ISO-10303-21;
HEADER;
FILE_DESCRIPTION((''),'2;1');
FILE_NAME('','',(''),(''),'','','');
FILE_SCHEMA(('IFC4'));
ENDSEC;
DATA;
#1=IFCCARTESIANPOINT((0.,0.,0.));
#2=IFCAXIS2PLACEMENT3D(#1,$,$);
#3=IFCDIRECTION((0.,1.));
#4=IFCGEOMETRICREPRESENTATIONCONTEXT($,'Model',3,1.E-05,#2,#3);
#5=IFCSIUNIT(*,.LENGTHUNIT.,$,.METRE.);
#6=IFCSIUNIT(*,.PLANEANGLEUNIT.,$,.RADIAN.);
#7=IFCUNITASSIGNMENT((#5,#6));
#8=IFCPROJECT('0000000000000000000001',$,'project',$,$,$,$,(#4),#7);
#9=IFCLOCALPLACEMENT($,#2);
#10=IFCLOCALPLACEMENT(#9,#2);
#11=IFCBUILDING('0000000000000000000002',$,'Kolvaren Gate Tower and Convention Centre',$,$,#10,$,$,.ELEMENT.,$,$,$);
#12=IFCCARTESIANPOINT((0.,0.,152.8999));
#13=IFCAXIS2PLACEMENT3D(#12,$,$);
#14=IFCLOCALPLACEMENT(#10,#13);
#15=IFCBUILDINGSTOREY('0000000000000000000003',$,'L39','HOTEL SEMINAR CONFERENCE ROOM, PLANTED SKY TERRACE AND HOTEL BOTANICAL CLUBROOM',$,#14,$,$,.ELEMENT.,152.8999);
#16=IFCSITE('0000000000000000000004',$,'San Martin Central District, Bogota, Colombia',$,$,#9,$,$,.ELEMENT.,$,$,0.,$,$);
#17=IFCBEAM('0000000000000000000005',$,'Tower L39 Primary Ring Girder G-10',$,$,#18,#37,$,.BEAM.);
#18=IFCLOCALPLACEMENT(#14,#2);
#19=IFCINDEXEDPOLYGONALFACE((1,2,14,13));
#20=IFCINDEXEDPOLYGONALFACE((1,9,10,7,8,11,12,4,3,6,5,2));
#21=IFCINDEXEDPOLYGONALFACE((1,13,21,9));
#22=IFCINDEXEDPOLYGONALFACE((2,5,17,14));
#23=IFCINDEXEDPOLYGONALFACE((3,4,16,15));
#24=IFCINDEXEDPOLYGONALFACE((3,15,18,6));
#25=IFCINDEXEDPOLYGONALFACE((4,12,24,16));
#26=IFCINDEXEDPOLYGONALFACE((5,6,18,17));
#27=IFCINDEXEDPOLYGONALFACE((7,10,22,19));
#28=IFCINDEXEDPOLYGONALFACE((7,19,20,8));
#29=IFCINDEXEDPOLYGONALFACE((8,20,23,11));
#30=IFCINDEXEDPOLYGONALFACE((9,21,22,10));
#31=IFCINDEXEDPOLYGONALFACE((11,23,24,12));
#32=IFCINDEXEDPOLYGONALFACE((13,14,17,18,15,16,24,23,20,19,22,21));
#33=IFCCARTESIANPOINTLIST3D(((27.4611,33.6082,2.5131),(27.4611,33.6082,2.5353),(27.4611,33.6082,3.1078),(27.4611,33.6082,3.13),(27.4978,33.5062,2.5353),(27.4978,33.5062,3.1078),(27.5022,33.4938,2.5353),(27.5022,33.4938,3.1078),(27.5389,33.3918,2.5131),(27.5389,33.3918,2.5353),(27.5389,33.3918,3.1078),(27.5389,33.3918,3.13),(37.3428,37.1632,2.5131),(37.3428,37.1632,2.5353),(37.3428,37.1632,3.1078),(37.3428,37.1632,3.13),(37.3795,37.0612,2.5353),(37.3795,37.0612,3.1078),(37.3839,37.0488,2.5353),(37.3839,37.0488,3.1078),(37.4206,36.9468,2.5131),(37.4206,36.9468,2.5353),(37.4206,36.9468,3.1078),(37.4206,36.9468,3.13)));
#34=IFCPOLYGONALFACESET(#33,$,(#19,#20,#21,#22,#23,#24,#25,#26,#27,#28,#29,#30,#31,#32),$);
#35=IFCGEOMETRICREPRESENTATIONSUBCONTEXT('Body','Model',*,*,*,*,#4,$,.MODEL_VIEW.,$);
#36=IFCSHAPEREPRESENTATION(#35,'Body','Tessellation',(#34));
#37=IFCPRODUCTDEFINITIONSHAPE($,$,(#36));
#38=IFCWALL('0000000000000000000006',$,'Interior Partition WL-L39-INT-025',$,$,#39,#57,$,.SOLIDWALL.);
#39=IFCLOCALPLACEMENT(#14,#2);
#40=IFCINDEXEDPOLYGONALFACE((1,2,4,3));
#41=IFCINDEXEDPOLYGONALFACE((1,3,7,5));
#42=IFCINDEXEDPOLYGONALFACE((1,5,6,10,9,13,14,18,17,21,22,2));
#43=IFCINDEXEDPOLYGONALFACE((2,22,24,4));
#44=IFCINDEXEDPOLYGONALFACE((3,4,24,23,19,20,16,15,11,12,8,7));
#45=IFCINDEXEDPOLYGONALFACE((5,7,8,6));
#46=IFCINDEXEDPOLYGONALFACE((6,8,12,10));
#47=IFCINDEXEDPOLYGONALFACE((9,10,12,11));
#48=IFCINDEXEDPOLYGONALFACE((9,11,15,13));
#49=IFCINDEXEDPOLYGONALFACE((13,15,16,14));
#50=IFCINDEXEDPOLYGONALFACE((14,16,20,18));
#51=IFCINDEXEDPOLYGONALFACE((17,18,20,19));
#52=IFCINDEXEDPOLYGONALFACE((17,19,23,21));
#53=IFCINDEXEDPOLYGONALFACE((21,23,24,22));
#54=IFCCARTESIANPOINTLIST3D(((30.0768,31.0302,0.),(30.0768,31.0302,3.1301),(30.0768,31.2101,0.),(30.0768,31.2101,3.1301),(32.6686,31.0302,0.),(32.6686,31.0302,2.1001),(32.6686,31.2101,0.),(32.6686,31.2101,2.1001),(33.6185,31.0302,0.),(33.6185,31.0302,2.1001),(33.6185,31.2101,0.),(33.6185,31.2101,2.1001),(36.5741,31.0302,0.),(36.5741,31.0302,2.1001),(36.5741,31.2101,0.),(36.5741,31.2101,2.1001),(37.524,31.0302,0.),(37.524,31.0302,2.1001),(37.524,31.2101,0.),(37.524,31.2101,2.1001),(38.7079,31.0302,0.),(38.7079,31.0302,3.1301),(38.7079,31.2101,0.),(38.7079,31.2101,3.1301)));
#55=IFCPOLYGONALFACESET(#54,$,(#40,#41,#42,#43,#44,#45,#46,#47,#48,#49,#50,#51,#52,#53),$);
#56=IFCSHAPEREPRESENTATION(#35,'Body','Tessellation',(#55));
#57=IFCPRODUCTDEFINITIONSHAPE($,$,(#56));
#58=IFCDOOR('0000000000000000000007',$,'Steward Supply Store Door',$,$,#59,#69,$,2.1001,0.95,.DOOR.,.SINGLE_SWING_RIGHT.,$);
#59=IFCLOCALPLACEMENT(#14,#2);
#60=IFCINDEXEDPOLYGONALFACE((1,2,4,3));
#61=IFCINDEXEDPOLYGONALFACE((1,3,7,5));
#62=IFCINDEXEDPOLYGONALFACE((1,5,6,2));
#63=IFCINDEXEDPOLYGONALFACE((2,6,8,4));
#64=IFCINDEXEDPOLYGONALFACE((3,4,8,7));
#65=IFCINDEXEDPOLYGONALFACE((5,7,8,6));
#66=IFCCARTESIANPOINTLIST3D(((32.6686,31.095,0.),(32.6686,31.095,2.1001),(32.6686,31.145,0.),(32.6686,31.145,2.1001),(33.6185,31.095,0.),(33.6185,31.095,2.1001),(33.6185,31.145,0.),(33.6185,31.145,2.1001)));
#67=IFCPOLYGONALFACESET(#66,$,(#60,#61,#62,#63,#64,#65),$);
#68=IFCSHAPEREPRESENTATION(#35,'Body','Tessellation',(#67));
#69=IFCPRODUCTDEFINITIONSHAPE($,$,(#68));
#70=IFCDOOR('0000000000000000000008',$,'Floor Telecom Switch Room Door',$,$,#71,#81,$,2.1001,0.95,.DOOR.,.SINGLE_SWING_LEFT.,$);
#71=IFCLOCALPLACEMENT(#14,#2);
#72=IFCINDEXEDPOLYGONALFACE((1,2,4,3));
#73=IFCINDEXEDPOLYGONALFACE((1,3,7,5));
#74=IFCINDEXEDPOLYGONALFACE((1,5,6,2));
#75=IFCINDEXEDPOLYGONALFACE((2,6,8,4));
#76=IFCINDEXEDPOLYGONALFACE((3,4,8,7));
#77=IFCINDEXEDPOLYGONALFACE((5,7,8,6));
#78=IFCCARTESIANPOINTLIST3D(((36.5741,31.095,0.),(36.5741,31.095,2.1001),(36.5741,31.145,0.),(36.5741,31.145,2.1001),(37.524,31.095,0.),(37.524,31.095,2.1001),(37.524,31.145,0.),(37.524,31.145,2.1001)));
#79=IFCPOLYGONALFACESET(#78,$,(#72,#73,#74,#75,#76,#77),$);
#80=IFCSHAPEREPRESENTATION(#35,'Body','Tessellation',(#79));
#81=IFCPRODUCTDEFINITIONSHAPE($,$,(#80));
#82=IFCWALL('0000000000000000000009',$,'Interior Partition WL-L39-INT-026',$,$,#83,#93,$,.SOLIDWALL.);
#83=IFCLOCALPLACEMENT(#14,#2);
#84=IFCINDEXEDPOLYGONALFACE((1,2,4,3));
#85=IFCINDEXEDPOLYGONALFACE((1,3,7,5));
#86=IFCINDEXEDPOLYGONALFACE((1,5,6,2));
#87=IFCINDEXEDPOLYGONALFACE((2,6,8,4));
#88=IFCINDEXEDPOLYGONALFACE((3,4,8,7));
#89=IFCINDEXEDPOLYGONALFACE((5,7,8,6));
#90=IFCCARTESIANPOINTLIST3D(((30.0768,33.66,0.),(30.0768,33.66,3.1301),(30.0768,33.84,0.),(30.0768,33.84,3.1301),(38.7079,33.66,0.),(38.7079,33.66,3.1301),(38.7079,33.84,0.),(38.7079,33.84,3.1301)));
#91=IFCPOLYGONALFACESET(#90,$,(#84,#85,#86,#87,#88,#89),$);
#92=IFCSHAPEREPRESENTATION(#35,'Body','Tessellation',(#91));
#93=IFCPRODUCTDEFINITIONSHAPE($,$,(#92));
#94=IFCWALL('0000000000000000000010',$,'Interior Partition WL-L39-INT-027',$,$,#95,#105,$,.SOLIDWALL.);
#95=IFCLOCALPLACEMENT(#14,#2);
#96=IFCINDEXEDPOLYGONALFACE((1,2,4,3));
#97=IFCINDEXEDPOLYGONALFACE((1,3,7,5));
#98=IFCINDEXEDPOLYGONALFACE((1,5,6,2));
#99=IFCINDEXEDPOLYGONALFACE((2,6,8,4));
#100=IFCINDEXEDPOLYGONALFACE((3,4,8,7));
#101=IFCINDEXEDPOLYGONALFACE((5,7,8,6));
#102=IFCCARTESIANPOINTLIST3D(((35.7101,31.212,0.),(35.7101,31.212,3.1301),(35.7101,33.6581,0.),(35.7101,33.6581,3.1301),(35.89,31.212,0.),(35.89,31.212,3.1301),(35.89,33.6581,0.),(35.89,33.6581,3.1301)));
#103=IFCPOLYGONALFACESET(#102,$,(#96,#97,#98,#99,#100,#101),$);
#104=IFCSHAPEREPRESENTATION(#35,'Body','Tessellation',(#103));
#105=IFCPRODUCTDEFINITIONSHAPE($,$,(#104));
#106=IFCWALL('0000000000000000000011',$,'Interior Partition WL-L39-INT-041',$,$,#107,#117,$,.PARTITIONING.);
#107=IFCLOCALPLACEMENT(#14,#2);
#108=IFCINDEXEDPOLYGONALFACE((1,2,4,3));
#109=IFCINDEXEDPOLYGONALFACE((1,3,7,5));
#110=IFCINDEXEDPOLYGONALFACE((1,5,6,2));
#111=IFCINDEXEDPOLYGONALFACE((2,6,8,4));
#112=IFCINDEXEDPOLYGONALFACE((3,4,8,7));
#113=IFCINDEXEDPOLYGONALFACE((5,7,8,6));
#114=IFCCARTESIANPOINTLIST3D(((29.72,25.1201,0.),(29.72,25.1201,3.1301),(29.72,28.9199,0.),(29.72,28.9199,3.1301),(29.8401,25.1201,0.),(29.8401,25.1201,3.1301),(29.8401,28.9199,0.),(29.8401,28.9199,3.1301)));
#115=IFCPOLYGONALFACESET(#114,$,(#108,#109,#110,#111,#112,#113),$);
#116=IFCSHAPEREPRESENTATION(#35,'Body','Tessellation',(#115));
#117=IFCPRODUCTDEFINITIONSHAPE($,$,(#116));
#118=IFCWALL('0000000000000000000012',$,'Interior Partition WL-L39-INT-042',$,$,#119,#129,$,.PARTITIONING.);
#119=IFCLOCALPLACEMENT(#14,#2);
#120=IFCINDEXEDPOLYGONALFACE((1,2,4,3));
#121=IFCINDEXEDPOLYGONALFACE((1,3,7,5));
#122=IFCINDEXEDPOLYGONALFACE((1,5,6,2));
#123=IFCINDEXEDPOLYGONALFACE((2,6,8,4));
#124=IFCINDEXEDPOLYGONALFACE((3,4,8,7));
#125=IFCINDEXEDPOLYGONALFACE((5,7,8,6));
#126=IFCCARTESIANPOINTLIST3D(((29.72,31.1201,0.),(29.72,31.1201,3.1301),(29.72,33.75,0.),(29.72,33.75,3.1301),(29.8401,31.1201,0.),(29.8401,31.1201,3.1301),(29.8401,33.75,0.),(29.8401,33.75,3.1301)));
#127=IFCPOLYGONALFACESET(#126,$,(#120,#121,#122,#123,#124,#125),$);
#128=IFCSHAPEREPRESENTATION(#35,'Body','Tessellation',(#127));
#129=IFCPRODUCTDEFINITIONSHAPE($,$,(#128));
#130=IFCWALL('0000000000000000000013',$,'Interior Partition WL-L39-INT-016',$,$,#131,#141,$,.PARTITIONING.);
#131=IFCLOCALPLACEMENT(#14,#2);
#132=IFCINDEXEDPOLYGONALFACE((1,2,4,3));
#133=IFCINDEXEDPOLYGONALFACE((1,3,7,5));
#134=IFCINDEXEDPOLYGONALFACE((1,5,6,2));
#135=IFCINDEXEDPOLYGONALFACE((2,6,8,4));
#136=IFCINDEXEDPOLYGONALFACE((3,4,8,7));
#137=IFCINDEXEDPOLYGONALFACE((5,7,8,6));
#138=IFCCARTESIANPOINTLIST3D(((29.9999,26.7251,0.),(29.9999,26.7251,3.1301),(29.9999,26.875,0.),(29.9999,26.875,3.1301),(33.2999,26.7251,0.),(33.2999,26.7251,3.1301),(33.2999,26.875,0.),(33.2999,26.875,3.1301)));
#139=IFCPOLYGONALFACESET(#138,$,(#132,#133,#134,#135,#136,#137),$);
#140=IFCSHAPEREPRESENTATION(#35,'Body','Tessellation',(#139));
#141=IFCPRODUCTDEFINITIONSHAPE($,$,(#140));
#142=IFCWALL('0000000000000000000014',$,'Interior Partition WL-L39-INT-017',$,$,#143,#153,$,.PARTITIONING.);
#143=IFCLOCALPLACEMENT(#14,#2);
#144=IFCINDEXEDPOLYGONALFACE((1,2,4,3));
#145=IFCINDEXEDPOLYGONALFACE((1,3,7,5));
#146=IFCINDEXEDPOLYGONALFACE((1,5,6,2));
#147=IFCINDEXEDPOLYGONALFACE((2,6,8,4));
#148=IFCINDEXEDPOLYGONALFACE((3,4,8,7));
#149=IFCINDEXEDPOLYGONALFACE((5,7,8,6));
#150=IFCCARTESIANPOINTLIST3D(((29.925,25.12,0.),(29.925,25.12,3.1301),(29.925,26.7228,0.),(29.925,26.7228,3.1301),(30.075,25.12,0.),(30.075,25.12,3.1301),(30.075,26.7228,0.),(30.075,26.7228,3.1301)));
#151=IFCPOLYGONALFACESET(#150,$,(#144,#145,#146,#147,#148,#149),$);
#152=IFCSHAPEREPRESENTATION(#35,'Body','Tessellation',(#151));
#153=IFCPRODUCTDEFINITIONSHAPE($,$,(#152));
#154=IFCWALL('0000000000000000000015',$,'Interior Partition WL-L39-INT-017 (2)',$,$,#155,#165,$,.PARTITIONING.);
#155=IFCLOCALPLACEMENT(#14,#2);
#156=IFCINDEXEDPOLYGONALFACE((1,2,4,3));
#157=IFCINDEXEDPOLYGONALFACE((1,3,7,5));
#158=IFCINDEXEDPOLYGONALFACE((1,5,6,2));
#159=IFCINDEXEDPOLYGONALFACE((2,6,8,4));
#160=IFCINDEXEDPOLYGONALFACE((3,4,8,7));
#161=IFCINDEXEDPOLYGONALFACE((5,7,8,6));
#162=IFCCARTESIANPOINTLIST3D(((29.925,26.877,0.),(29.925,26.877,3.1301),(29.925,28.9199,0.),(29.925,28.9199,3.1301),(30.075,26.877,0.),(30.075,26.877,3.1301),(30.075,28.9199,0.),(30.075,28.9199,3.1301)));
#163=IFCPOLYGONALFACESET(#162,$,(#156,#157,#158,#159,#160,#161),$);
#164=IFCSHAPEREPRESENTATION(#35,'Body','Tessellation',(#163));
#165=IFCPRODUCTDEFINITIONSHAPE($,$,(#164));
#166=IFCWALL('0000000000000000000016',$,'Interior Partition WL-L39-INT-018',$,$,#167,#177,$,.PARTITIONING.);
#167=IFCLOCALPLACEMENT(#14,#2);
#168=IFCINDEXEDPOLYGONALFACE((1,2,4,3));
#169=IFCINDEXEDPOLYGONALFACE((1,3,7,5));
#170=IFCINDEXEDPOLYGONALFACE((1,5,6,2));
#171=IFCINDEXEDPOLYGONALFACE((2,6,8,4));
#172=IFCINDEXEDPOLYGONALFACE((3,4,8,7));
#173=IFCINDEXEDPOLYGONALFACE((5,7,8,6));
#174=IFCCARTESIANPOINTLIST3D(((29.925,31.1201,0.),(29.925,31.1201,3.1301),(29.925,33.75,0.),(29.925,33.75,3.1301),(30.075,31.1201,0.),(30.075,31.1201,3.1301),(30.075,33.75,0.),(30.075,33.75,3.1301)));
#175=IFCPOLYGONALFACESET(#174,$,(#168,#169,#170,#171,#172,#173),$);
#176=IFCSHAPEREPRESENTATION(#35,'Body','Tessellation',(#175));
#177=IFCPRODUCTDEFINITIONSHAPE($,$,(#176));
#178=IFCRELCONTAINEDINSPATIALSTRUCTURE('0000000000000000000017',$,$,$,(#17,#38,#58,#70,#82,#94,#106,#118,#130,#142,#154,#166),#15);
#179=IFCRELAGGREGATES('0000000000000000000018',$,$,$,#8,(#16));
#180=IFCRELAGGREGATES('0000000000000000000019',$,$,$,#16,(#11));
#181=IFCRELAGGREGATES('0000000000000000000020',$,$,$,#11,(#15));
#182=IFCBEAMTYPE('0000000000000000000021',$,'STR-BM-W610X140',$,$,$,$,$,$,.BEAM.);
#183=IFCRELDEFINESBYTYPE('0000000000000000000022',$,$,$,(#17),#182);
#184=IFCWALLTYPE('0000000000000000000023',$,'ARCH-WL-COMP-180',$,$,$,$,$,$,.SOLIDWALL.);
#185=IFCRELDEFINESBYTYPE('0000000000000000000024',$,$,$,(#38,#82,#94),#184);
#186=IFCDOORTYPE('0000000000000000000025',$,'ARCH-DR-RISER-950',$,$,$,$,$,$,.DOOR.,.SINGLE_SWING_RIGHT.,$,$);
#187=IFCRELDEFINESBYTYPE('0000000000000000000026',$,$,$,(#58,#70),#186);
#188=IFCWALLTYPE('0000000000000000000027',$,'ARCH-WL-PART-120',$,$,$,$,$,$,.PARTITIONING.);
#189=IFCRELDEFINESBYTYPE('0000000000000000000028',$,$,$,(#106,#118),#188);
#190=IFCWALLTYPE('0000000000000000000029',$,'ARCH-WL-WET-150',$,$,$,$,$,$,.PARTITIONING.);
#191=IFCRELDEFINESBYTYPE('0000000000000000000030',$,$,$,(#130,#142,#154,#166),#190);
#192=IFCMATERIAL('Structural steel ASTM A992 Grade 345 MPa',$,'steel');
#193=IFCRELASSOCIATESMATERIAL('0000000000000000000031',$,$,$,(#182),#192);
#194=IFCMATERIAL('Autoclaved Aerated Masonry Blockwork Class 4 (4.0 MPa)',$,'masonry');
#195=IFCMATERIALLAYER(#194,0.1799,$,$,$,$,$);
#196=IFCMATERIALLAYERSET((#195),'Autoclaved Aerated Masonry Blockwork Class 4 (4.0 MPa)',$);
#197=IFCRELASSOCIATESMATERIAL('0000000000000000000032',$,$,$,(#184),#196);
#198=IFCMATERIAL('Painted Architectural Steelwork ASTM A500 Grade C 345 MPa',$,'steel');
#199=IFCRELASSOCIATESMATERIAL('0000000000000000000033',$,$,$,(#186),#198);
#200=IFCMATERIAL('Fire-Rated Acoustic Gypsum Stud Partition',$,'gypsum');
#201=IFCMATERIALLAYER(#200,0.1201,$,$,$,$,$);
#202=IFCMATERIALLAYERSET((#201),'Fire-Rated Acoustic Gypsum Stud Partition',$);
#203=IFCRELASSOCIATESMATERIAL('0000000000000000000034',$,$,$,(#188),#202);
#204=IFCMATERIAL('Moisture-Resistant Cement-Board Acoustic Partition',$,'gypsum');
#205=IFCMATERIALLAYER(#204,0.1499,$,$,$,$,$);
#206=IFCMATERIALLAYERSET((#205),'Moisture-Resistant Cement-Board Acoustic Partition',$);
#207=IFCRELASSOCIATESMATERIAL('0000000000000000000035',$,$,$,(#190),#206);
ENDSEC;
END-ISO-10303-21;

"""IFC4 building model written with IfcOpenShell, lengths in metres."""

from ifc_helpers import new_model, si_unit, direction, frame, frame_2d, origin, origin_2d, place, context, subcontext, project, spatial, rectangle, i_section, extrude, material, layer, layer_set, material_profile, profile_set, type_object, element, fill, save


model = new_model("IFC4")

# Units and contexts
model_context = context("Model", 3, precision=1e-05, world=origin(), true_north=direction((0.0, 1.0)))
body_context = subcontext(model_context, "Body", "Model", "MODEL_VIEW")
ifc_project = project(units=[si_unit("LENGTHUNIT", "METRE"), si_unit("PLANEANGLEUNIT", "RADIAN")], contexts=[model_context])

# Site, building, storey
site_placement = place(None, origin())
site = spatial("IfcSite", under=ifc_project, at=site_placement, Name="San Martin Central District, Bogota, Colombia", CompositionType="ELEMENT", RefElevation=0.0)
building_placement = place(site_placement, origin())
building = spatial("IfcBuilding", under=site, at=building_placement, Name="Kolvaren Gate Tower and Convention Centre", CompositionType="ELEMENT")
storey_placement = place(building_placement, frame((0.0, 0.0, 152.8999)))
storey = spatial("IfcBuildingStorey", under=building, at=storey_placement, Name="L39", Description="HOTEL SEMINAR CONFERENCE ROOM, PLANTED SKY TERRACE AND HOTEL BOTANICAL CLUBROOM", CompositionType="ELEMENT", Elevation=152.8999)

# Beam
ifc_material_1 = material(Name="Structural steel ASTM A992 Grade 345 MPa", Category="steel")
ifc_material_profile = material_profile(ifc_material_1, i_section(OverallWidth=0.23, OverallDepth=0.6169, WebThickness=0.0132, FlangeThickness=0.0222, at=origin_2d()), Name="W610X140")
ifc_profile_set = profile_set([ifc_material_profile], Name="Structural steel ASTM A992 Grade 345 MPa")
beam_type = type_object("IfcBeamType", Name="STR-BM-W610X140", PredefinedType="BEAM", material=ifc_profile_set)
beam_placement = place(storey_placement, frame((27.5, 33.5, 2.8215), z_axis=(0.940961, 0.338514, 0.0), x_axis=(-0.338514, 0.940961, 0.0)))
element("IfcBeam", 1, at=beam_placement, inside=storey, type_object=beam_type, Name="Tower L39 Primary Ring Girder G-10", PredefinedType="BEAM", context=body_context, shape_type="SweptSolid", body=[
    extrude(i_section(OverallWidth=0.23, OverallDepth=0.6169, WebThickness=0.0132, FlangeThickness=0.0222, at=origin_2d()), origin(), (0.0, 0.0, 1.0), 10.5017),
])

# Wall, openings, doors
ifc_material_2 = material(Name="Autoclaved Aerated Masonry Blockwork Class 4 (4.0 MPa)", Category="masonry")
ifc_layer_1 = layer(ifc_material_2, 0.1799)
ifc_layer_set_1 = layer_set([ifc_layer_1], Name="Autoclaved Aerated Masonry Blockwork Class 4 (4.0 MPa)")
wall_type_1 = type_object("IfcWallType", Name="ARCH-WL-COMP-180", PredefinedType="SOLIDWALL", material=ifc_layer_set_1)
wall_1_placement = place(storey_placement, frame((30.0769, 31.1201, 0.0), z_axis=(0.0, 0.0, 1.0), x_axis=(1.0, 0.0, 0.0)))
wall_1 = element("IfcWall", 2, at=wall_1_placement, inside=storey, type_object=wall_type_1, Name="Interior Partition WL-L39-INT-025", PredefinedType="SOLIDWALL", context=body_context, shape_type="SweptSolid", body=[
    extrude(rectangle(XDim=8.6311, YDim=0.1799, at=frame_2d((4.3154, 0.0))), origin(), (0.0, 0.0, 1.0), 3.1301),
])
opening_1_placement = place(wall_1_placement, frame((2.5916, 0.0, 0.0)))
opening_1 = element("IfcOpeningElement", 3, at=opening_1_placement, cuts=wall_1, PredefinedType="OPENING", context=body_context, shape_type="SweptSolid", body=[
    extrude(rectangle(XDim=0.95, YDim=2.1001, at=frame_2d((0.4751, 1.05))), frame((0.0, 0.0999, 0.0), z_axis=(0.0, -1.0, 0.0), x_axis=(1.0, 0.0, 0.0)), (0.0, 0.0, 1.0), 0.2),
])
opening_2_placement = place(wall_1_placement, frame((6.4971, 0.0, 0.0)))
opening_2 = element("IfcOpeningElement", 4, at=opening_2_placement, cuts=wall_1, PredefinedType="OPENING", context=body_context, shape_type="SweptSolid", body=[
    extrude(rectangle(XDim=0.95, YDim=2.1001, at=frame_2d((0.4751, 1.05))), frame((0.0, 0.0999, 0.0), z_axis=(0.0, -1.0, 0.0), x_axis=(1.0, 0.0, 0.0)), (0.0, 0.0, 1.0), 0.2),
])
ifc_material_3 = material(Name="Painted Architectural Steelwork ASTM A500 Grade C 345 MPa", Category="steel")
door_type = type_object("IfcDoorType", Name="ARCH-DR-RISER-950", OperationType="SINGLE_SWING_RIGHT", PredefinedType="DOOR", material=ifc_material_3)
door_1_placement = place(opening_1_placement, origin())
door_1 = element("IfcDoor", 5, at=door_1_placement, inside=storey, type_object=door_type, Name="Steward Supply Store Door", OperationType="SINGLE_SWING_RIGHT", OverallHeight=2.1001, OverallWidth=0.95, PredefinedType="DOOR", context=body_context, shape_type="SweptSolid", body=[
    extrude(rectangle(XDim=0.95, YDim=2.1001, at=frame_2d((0.4751, 1.05))), frame((0.0, 0.0249, 0.0), z_axis=(0.0, -1.0, 0.0), x_axis=(1.0, 0.0, 0.0)), (0.0, 0.0, 1.0), 0.05),
])
fill(opening_1, door_1)
door_2_placement = place(opening_2_placement, origin())
door_2 = element("IfcDoor", 6, at=door_2_placement, inside=storey, type_object=door_type, Name="Floor Telecom Switch Room Door", OperationType="SINGLE_SWING_LEFT", OverallHeight=2.1001, OverallWidth=0.95, PredefinedType="DOOR", context=body_context, shape_type="SweptSolid", body=[
    extrude(rectangle(XDim=0.95, YDim=2.1001, at=frame_2d((0.4751, 1.05))), frame((0.0, 0.0249, 0.0), z_axis=(0.0, -1.0, 0.0), x_axis=(1.0, 0.0, 0.0)), (0.0, 0.0, 1.0), 0.05),
])
fill(opening_2, door_2)

# Walls
wall_2_placement = place(storey_placement, frame((30.0769, 33.75, 0.0), z_axis=(0.0, 0.0, 1.0), x_axis=(1.0, 0.0, 0.0)))
element("IfcWall", 7, at=wall_2_placement, inside=storey, type_object=wall_type_1, Name="Interior Partition WL-L39-INT-026", PredefinedType="SOLIDWALL", context=body_context, shape_type="SweptSolid", body=[
    extrude(rectangle(XDim=8.6311, YDim=0.1799, at=frame_2d((4.3154, 0.0))), origin(), (0.0, 0.0, 1.0), 3.1301),
])
wall_3_placement = place(storey_placement, frame((35.8, 31.2119, 0.0), z_axis=(0.0, 0.0, 1.0), x_axis=(0.0, 1.0, 0.0)))
element("IfcWall", 8, at=wall_3_placement, inside=storey, type_object=wall_type_1, Name="Interior Partition WL-L39-INT-027", PredefinedType="SOLIDWALL", context=body_context, shape_type="SweptSolid", body=[
    extrude(rectangle(XDim=2.446, YDim=0.1799, at=frame_2d((1.2231, 0.0))), origin(), (0.0, 0.0, 1.0), 3.1301),
])
ifc_material_4 = material(Name="Fire-Rated Acoustic Gypsum Stud Partition", Category="gypsum")
ifc_layer_2 = layer(ifc_material_4, 0.1201)
ifc_layer_set_2 = layer_set([ifc_layer_2], Name="Fire-Rated Acoustic Gypsum Stud Partition")
wall_type_2 = type_object("IfcWallType", Name="ARCH-WL-PART-120", PredefinedType="PARTITIONING", material=ifc_layer_set_2)
wall_4_placement = place(storey_placement, frame((29.78, 25.1201, 0.0), z_axis=(0.0, 0.0, 1.0), x_axis=(0.0, 1.0, 0.0)))
element("IfcWall", 9, at=wall_4_placement, inside=storey, type_object=wall_type_2, Name="Interior Partition WL-L39-INT-041", PredefinedType="PARTITIONING", context=body_context, shape_type="SweptSolid", body=[
    extrude(rectangle(XDim=3.7998, YDim=0.1201, at=frame_2d((1.8999, 0.0))), origin(), (0.0, 0.0, 1.0), 3.1301),
])
wall_5_placement = place(storey_placement, frame((29.78, 31.1201, 0.0), z_axis=(0.0, 0.0, 1.0), x_axis=(0.0, 1.0, 0.0)))
element("IfcWall", 10, at=wall_5_placement, inside=storey, type_object=wall_type_2, Name="Interior Partition WL-L39-INT-042", PredefinedType="PARTITIONING", context=body_context, shape_type="SweptSolid", body=[
    extrude(rectangle(XDim=2.6299, YDim=0.1201, at=frame_2d((1.3149, 0.0))), origin(), (0.0, 0.0, 1.0), 3.1301),
])
ifc_material_5 = material(Name="Moisture-Resistant Cement-Board Acoustic Partition", Category="gypsum")
ifc_layer_3 = layer(ifc_material_5, 0.1499)
ifc_layer_set_3 = layer_set([ifc_layer_3], Name="Moisture-Resistant Cement-Board Acoustic Partition")
wall_type_3 = type_object("IfcWallType", Name="ARCH-WL-WET-150", PredefinedType="PARTITIONING", material=ifc_layer_set_3)
wall_6_placement = place(storey_placement, frame((30.0, 26.8, 0.0), z_axis=(0.0, 0.0, 1.0), x_axis=(1.0, 0.0, 0.0)))
element("IfcWall", 11, at=wall_6_placement, inside=storey, type_object=wall_type_3, Name="Interior Partition WL-L39-INT-016", PredefinedType="PARTITIONING", context=body_context, shape_type="SweptSolid", body=[
    extrude(rectangle(XDim=3.3, YDim=0.1499, at=frame_2d((1.6499, 0.0))), origin(), (0.0, 0.0, 1.0), 3.1301),
])
wall_7_placement = place(storey_placement, frame((30.0, 25.1201, 0.0), z_axis=(0.0, 0.0, 1.0), x_axis=(0.0, 1.0, 0.0)))
element("IfcWall", 12, at=wall_7_placement, inside=storey, type_object=wall_type_3, Name="Interior Partition WL-L39-INT-017", PredefinedType="PARTITIONING", context=body_context, shape_type="SweptSolid", body=[
    extrude(rectangle(XDim=1.6028, YDim=0.1499, at=frame_2d((0.8013, 0.0))), origin(), (0.0, 0.0, 1.0), 3.1301),
])
wall_8_placement = place(storey_placement, frame((30.0, 26.877, 0.0), z_axis=(0.0, 0.0, 1.0), x_axis=(0.0, 1.0, 0.0)))
element("IfcWall", 13, at=wall_8_placement, inside=storey, type_object=wall_type_3, Name="Interior Partition WL-L39-INT-017 (2)", PredefinedType="PARTITIONING", context=body_context, shape_type="SweptSolid", body=[
    extrude(rectangle(XDim=2.043, YDim=0.1499, at=frame_2d((1.0215, 0.0))), origin(), (0.0, 0.0, 1.0), 3.1301),
])
wall_9_placement = place(storey_placement, frame((30.0, 31.1201, 0.0), z_axis=(0.0, 0.0, 1.0), x_axis=(0.0, 1.0, 0.0)))
element("IfcWall", 14, at=wall_9_placement, inside=storey, type_object=wall_type_3, Name="Interior Partition WL-L39-INT-018", PredefinedType="PARTITIONING", context=body_context, shape_type="SweptSolid", body=[
    extrude(rectangle(XDim=2.6299, YDim=0.1499, at=frame_2d((1.3149, 0.0))), origin(), (0.0, 0.0, 1.0), 3.1301),
])

save(model, "model.ifc")
